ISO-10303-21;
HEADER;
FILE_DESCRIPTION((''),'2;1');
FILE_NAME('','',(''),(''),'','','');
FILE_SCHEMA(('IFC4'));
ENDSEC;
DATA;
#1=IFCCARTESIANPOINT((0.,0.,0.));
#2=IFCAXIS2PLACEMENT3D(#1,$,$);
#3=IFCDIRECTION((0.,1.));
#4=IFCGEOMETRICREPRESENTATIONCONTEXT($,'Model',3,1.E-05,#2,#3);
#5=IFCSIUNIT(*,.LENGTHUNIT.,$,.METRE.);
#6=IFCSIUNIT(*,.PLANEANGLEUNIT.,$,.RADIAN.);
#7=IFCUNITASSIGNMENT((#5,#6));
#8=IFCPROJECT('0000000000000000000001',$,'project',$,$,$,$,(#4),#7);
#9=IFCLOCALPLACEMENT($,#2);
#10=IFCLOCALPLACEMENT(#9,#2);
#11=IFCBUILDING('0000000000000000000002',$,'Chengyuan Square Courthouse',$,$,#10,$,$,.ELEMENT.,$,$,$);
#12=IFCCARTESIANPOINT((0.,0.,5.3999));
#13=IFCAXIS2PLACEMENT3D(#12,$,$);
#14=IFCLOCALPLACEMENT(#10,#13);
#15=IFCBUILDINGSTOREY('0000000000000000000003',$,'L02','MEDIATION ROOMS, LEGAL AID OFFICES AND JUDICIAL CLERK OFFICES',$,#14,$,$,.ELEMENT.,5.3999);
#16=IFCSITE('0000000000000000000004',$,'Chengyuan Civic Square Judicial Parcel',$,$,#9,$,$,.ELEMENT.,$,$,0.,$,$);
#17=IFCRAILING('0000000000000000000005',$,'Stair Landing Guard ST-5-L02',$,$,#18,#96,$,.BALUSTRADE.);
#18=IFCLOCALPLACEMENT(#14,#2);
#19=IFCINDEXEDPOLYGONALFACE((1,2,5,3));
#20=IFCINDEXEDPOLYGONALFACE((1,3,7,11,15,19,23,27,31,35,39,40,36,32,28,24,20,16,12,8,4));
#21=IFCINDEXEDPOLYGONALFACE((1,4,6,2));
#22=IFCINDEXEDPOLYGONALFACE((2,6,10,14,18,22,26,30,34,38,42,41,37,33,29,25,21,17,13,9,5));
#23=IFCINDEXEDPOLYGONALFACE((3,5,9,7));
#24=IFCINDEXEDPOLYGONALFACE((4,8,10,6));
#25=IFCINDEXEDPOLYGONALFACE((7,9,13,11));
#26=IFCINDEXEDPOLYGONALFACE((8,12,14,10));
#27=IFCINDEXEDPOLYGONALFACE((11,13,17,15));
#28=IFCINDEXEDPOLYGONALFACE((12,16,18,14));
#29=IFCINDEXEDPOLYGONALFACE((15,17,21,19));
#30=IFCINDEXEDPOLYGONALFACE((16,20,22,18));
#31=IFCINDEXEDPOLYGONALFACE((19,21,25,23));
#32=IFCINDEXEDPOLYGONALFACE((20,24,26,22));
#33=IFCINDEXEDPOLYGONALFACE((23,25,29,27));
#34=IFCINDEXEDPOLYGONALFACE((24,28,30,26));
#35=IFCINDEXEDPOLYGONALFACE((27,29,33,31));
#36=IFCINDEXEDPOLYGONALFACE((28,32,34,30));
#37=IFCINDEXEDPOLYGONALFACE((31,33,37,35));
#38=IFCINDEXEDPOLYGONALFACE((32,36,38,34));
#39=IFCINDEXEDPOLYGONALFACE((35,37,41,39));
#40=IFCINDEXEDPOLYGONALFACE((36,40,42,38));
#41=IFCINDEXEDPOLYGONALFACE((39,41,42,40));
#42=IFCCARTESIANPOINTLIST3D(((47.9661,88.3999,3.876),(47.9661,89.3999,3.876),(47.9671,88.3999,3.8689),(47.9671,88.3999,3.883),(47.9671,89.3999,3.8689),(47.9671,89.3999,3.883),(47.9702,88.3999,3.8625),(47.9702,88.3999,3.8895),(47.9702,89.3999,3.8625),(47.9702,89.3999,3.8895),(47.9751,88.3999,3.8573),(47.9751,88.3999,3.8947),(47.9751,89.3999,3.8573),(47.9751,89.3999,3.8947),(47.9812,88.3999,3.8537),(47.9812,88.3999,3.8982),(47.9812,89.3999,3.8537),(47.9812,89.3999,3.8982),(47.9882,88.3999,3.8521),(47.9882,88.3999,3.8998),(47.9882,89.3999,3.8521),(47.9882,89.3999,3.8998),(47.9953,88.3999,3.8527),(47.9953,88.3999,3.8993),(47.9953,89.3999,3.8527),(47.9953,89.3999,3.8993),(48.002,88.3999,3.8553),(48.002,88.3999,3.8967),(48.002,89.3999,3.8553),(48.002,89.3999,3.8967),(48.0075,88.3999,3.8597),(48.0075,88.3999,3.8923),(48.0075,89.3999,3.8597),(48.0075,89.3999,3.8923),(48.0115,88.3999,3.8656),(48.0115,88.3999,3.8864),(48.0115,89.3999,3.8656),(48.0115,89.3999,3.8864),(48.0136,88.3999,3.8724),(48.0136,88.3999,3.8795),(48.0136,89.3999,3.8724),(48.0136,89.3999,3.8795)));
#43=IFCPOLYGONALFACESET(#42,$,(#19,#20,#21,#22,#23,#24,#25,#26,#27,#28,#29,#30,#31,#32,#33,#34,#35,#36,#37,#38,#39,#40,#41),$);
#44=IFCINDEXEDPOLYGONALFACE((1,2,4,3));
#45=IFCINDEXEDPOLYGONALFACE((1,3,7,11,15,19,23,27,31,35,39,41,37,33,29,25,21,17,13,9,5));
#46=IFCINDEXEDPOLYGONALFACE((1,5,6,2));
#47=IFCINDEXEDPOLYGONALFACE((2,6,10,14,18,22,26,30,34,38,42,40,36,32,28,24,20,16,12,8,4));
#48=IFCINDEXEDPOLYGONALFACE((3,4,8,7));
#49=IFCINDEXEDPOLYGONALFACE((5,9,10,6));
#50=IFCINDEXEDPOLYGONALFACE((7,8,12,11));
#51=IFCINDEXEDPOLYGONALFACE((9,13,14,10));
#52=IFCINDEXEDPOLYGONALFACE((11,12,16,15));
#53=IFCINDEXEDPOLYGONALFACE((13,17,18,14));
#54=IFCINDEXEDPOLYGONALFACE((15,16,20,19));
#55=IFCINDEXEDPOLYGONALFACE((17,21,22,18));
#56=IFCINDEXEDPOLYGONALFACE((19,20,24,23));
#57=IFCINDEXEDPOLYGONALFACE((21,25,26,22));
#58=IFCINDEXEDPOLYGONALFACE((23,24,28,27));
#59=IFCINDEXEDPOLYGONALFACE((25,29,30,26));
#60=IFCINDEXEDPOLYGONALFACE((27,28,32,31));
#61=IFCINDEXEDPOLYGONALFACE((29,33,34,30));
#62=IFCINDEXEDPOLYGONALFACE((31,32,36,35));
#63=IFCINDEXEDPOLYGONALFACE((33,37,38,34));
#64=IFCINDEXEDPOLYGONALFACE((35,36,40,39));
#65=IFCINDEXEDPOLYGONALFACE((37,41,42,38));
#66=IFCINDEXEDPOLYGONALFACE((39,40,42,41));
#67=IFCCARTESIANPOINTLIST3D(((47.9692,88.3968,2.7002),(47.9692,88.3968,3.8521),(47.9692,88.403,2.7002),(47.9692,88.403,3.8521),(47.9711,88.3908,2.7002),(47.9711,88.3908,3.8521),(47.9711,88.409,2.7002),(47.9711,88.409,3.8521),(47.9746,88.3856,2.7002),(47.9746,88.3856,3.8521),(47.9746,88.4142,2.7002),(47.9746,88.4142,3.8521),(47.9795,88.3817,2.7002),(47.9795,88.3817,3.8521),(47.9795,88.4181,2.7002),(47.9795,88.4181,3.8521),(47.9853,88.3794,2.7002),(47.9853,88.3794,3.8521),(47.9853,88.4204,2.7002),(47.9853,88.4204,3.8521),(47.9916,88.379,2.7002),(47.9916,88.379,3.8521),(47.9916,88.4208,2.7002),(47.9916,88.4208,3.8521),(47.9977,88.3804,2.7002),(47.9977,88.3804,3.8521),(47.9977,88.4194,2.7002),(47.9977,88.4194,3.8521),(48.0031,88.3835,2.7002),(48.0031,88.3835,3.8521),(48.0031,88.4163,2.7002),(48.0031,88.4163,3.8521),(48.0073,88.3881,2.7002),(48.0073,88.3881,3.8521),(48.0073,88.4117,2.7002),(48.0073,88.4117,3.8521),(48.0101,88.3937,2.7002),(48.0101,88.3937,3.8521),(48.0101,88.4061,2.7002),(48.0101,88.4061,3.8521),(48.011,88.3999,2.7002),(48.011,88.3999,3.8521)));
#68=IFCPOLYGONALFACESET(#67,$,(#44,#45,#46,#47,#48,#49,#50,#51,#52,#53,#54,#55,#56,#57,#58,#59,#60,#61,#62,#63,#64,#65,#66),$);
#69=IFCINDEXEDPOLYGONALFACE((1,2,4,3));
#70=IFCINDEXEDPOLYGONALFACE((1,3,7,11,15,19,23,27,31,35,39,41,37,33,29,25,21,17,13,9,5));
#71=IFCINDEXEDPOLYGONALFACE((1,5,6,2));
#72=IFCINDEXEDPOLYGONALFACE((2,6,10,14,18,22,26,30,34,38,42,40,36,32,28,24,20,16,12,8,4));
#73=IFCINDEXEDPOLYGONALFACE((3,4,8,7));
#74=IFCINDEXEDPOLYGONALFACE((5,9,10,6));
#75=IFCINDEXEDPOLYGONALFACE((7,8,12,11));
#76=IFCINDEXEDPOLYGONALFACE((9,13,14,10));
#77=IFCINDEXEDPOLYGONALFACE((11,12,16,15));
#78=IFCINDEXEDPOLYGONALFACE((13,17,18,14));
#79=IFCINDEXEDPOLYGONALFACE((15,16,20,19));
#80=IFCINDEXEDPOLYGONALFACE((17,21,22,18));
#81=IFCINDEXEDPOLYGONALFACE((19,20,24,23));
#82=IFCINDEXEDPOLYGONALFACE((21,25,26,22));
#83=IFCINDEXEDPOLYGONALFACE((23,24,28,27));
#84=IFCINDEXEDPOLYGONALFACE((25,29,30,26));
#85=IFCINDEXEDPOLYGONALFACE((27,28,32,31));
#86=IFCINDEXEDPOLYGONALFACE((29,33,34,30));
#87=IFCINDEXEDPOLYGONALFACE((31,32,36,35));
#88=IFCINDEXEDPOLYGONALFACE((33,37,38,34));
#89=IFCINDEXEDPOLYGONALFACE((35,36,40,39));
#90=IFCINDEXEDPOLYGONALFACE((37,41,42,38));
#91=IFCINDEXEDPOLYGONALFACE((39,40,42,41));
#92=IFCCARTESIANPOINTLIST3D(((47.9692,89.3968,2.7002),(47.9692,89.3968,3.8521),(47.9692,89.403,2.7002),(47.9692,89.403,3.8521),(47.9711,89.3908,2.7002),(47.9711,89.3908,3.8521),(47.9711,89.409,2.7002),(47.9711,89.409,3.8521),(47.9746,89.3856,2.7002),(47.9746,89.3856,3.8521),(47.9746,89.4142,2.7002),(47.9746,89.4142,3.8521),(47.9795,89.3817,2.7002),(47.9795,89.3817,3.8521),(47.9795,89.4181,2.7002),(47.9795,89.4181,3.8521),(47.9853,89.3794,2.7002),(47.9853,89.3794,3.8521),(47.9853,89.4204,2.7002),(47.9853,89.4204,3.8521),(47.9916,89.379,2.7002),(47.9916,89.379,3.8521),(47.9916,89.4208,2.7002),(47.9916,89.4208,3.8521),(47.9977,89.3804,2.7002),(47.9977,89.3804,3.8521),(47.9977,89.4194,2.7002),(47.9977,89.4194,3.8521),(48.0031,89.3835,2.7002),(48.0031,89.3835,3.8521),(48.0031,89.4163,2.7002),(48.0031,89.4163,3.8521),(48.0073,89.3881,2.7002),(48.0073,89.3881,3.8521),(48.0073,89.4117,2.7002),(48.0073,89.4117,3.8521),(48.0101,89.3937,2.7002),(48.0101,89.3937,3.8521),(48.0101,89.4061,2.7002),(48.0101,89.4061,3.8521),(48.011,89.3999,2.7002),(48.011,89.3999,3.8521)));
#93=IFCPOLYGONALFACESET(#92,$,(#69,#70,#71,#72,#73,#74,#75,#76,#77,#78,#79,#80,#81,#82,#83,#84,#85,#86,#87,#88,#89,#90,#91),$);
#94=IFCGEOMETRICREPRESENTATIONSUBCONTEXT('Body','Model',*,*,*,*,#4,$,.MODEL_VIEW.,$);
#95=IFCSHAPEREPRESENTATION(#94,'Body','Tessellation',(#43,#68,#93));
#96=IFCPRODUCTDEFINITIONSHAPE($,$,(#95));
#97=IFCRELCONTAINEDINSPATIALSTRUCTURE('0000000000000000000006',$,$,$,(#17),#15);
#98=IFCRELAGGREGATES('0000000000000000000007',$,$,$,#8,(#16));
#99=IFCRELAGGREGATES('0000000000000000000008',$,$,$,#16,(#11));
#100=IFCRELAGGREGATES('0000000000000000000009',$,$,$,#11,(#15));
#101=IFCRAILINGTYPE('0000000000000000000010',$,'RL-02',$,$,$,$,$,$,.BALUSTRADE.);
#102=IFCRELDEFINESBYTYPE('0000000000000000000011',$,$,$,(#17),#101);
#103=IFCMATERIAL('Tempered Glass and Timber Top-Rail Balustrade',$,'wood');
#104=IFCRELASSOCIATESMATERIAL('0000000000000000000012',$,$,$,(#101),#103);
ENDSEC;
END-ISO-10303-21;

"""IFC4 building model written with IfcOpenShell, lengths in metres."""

from ifc_helpers import new_model, si_unit, direction, frame, origin, origin_2d, place, context, subcontext, project, spatial, circle, extrude, material, type_object, element, save


model = new_model("IFC4")

# Units and contexts
model_context = context("Model", 3, precision=1e-05, world=origin(), true_north=direction((0.0, 1.0)))
body_context = subcontext(model_context, "Body", "Model", "MODEL_VIEW")
ifc_project = project(units=[si_unit("LENGTHUNIT", "METRE"), si_unit("PLANEANGLEUNIT", "RADIAN")], contexts=[model_context])

# Site, building, storey
site_placement = place(None, origin())
site = spatial("IfcSite", under=ifc_project, at=site_placement, Name="Chengyuan Civic Square Judicial Parcel", CompositionType="ELEMENT", RefElevation=0.0)
building_placement = place(site_placement, origin())
building = spatial("IfcBuilding", under=site, at=building_placement, Name="Chengyuan Square Courthouse", CompositionType="ELEMENT")
storey_placement = place(building_placement, frame((0.0, 0.0, 5.3999)))
storey = spatial("IfcBuildingStorey", under=building, at=storey_placement, Name="L02", Description="MEDIATION ROOMS, LEGAL AID OFFICES AND JUDICIAL CLERK OFFICES", CompositionType="ELEMENT", Elevation=5.3999)

# Railing
ifc_material_1 = material(Name="Tempered Glass and Timber Top-Rail Balustrade", Category="wood")
railing_type_1 = type_object("IfcRailingType", Name="RL-02", PredefinedType="BALUSTRADE", material=ifc_material_1)
for number, where, name in (
    (1, (47.99, 88.3999, 2.7002), "Stair Landing Guard ST-5-L02"),
):
    element("IfcRailing", number, at=place(storey_placement, frame(where)), inside=storey, type_object=railing_type_1, Name=name, PredefinedType="BALUSTRADE", context=body_context, shape_type="SweptSolid", body=[
        extrude(circle(Radius=0.0239, at=origin_2d()), frame((0.0, 0.0, 1.1758), z_axis=(0.0, 1.0, 0.0), x_axis=(-1.0, 0.0, 0.0)), (0.0, 0.0, 1.0), 1.0),
        extrude(circle(Radius=0.021, at=origin_2d()), origin(), (0.0, 0.0, 1.0), 1.1519),
        extrude(circle(Radius=0.021, at=origin_2d()), frame((0.0, 1.0, 0.0)), (0.0, 0.0, 1.0), 1.1519),
    ])

save(model, "model.ifc")
